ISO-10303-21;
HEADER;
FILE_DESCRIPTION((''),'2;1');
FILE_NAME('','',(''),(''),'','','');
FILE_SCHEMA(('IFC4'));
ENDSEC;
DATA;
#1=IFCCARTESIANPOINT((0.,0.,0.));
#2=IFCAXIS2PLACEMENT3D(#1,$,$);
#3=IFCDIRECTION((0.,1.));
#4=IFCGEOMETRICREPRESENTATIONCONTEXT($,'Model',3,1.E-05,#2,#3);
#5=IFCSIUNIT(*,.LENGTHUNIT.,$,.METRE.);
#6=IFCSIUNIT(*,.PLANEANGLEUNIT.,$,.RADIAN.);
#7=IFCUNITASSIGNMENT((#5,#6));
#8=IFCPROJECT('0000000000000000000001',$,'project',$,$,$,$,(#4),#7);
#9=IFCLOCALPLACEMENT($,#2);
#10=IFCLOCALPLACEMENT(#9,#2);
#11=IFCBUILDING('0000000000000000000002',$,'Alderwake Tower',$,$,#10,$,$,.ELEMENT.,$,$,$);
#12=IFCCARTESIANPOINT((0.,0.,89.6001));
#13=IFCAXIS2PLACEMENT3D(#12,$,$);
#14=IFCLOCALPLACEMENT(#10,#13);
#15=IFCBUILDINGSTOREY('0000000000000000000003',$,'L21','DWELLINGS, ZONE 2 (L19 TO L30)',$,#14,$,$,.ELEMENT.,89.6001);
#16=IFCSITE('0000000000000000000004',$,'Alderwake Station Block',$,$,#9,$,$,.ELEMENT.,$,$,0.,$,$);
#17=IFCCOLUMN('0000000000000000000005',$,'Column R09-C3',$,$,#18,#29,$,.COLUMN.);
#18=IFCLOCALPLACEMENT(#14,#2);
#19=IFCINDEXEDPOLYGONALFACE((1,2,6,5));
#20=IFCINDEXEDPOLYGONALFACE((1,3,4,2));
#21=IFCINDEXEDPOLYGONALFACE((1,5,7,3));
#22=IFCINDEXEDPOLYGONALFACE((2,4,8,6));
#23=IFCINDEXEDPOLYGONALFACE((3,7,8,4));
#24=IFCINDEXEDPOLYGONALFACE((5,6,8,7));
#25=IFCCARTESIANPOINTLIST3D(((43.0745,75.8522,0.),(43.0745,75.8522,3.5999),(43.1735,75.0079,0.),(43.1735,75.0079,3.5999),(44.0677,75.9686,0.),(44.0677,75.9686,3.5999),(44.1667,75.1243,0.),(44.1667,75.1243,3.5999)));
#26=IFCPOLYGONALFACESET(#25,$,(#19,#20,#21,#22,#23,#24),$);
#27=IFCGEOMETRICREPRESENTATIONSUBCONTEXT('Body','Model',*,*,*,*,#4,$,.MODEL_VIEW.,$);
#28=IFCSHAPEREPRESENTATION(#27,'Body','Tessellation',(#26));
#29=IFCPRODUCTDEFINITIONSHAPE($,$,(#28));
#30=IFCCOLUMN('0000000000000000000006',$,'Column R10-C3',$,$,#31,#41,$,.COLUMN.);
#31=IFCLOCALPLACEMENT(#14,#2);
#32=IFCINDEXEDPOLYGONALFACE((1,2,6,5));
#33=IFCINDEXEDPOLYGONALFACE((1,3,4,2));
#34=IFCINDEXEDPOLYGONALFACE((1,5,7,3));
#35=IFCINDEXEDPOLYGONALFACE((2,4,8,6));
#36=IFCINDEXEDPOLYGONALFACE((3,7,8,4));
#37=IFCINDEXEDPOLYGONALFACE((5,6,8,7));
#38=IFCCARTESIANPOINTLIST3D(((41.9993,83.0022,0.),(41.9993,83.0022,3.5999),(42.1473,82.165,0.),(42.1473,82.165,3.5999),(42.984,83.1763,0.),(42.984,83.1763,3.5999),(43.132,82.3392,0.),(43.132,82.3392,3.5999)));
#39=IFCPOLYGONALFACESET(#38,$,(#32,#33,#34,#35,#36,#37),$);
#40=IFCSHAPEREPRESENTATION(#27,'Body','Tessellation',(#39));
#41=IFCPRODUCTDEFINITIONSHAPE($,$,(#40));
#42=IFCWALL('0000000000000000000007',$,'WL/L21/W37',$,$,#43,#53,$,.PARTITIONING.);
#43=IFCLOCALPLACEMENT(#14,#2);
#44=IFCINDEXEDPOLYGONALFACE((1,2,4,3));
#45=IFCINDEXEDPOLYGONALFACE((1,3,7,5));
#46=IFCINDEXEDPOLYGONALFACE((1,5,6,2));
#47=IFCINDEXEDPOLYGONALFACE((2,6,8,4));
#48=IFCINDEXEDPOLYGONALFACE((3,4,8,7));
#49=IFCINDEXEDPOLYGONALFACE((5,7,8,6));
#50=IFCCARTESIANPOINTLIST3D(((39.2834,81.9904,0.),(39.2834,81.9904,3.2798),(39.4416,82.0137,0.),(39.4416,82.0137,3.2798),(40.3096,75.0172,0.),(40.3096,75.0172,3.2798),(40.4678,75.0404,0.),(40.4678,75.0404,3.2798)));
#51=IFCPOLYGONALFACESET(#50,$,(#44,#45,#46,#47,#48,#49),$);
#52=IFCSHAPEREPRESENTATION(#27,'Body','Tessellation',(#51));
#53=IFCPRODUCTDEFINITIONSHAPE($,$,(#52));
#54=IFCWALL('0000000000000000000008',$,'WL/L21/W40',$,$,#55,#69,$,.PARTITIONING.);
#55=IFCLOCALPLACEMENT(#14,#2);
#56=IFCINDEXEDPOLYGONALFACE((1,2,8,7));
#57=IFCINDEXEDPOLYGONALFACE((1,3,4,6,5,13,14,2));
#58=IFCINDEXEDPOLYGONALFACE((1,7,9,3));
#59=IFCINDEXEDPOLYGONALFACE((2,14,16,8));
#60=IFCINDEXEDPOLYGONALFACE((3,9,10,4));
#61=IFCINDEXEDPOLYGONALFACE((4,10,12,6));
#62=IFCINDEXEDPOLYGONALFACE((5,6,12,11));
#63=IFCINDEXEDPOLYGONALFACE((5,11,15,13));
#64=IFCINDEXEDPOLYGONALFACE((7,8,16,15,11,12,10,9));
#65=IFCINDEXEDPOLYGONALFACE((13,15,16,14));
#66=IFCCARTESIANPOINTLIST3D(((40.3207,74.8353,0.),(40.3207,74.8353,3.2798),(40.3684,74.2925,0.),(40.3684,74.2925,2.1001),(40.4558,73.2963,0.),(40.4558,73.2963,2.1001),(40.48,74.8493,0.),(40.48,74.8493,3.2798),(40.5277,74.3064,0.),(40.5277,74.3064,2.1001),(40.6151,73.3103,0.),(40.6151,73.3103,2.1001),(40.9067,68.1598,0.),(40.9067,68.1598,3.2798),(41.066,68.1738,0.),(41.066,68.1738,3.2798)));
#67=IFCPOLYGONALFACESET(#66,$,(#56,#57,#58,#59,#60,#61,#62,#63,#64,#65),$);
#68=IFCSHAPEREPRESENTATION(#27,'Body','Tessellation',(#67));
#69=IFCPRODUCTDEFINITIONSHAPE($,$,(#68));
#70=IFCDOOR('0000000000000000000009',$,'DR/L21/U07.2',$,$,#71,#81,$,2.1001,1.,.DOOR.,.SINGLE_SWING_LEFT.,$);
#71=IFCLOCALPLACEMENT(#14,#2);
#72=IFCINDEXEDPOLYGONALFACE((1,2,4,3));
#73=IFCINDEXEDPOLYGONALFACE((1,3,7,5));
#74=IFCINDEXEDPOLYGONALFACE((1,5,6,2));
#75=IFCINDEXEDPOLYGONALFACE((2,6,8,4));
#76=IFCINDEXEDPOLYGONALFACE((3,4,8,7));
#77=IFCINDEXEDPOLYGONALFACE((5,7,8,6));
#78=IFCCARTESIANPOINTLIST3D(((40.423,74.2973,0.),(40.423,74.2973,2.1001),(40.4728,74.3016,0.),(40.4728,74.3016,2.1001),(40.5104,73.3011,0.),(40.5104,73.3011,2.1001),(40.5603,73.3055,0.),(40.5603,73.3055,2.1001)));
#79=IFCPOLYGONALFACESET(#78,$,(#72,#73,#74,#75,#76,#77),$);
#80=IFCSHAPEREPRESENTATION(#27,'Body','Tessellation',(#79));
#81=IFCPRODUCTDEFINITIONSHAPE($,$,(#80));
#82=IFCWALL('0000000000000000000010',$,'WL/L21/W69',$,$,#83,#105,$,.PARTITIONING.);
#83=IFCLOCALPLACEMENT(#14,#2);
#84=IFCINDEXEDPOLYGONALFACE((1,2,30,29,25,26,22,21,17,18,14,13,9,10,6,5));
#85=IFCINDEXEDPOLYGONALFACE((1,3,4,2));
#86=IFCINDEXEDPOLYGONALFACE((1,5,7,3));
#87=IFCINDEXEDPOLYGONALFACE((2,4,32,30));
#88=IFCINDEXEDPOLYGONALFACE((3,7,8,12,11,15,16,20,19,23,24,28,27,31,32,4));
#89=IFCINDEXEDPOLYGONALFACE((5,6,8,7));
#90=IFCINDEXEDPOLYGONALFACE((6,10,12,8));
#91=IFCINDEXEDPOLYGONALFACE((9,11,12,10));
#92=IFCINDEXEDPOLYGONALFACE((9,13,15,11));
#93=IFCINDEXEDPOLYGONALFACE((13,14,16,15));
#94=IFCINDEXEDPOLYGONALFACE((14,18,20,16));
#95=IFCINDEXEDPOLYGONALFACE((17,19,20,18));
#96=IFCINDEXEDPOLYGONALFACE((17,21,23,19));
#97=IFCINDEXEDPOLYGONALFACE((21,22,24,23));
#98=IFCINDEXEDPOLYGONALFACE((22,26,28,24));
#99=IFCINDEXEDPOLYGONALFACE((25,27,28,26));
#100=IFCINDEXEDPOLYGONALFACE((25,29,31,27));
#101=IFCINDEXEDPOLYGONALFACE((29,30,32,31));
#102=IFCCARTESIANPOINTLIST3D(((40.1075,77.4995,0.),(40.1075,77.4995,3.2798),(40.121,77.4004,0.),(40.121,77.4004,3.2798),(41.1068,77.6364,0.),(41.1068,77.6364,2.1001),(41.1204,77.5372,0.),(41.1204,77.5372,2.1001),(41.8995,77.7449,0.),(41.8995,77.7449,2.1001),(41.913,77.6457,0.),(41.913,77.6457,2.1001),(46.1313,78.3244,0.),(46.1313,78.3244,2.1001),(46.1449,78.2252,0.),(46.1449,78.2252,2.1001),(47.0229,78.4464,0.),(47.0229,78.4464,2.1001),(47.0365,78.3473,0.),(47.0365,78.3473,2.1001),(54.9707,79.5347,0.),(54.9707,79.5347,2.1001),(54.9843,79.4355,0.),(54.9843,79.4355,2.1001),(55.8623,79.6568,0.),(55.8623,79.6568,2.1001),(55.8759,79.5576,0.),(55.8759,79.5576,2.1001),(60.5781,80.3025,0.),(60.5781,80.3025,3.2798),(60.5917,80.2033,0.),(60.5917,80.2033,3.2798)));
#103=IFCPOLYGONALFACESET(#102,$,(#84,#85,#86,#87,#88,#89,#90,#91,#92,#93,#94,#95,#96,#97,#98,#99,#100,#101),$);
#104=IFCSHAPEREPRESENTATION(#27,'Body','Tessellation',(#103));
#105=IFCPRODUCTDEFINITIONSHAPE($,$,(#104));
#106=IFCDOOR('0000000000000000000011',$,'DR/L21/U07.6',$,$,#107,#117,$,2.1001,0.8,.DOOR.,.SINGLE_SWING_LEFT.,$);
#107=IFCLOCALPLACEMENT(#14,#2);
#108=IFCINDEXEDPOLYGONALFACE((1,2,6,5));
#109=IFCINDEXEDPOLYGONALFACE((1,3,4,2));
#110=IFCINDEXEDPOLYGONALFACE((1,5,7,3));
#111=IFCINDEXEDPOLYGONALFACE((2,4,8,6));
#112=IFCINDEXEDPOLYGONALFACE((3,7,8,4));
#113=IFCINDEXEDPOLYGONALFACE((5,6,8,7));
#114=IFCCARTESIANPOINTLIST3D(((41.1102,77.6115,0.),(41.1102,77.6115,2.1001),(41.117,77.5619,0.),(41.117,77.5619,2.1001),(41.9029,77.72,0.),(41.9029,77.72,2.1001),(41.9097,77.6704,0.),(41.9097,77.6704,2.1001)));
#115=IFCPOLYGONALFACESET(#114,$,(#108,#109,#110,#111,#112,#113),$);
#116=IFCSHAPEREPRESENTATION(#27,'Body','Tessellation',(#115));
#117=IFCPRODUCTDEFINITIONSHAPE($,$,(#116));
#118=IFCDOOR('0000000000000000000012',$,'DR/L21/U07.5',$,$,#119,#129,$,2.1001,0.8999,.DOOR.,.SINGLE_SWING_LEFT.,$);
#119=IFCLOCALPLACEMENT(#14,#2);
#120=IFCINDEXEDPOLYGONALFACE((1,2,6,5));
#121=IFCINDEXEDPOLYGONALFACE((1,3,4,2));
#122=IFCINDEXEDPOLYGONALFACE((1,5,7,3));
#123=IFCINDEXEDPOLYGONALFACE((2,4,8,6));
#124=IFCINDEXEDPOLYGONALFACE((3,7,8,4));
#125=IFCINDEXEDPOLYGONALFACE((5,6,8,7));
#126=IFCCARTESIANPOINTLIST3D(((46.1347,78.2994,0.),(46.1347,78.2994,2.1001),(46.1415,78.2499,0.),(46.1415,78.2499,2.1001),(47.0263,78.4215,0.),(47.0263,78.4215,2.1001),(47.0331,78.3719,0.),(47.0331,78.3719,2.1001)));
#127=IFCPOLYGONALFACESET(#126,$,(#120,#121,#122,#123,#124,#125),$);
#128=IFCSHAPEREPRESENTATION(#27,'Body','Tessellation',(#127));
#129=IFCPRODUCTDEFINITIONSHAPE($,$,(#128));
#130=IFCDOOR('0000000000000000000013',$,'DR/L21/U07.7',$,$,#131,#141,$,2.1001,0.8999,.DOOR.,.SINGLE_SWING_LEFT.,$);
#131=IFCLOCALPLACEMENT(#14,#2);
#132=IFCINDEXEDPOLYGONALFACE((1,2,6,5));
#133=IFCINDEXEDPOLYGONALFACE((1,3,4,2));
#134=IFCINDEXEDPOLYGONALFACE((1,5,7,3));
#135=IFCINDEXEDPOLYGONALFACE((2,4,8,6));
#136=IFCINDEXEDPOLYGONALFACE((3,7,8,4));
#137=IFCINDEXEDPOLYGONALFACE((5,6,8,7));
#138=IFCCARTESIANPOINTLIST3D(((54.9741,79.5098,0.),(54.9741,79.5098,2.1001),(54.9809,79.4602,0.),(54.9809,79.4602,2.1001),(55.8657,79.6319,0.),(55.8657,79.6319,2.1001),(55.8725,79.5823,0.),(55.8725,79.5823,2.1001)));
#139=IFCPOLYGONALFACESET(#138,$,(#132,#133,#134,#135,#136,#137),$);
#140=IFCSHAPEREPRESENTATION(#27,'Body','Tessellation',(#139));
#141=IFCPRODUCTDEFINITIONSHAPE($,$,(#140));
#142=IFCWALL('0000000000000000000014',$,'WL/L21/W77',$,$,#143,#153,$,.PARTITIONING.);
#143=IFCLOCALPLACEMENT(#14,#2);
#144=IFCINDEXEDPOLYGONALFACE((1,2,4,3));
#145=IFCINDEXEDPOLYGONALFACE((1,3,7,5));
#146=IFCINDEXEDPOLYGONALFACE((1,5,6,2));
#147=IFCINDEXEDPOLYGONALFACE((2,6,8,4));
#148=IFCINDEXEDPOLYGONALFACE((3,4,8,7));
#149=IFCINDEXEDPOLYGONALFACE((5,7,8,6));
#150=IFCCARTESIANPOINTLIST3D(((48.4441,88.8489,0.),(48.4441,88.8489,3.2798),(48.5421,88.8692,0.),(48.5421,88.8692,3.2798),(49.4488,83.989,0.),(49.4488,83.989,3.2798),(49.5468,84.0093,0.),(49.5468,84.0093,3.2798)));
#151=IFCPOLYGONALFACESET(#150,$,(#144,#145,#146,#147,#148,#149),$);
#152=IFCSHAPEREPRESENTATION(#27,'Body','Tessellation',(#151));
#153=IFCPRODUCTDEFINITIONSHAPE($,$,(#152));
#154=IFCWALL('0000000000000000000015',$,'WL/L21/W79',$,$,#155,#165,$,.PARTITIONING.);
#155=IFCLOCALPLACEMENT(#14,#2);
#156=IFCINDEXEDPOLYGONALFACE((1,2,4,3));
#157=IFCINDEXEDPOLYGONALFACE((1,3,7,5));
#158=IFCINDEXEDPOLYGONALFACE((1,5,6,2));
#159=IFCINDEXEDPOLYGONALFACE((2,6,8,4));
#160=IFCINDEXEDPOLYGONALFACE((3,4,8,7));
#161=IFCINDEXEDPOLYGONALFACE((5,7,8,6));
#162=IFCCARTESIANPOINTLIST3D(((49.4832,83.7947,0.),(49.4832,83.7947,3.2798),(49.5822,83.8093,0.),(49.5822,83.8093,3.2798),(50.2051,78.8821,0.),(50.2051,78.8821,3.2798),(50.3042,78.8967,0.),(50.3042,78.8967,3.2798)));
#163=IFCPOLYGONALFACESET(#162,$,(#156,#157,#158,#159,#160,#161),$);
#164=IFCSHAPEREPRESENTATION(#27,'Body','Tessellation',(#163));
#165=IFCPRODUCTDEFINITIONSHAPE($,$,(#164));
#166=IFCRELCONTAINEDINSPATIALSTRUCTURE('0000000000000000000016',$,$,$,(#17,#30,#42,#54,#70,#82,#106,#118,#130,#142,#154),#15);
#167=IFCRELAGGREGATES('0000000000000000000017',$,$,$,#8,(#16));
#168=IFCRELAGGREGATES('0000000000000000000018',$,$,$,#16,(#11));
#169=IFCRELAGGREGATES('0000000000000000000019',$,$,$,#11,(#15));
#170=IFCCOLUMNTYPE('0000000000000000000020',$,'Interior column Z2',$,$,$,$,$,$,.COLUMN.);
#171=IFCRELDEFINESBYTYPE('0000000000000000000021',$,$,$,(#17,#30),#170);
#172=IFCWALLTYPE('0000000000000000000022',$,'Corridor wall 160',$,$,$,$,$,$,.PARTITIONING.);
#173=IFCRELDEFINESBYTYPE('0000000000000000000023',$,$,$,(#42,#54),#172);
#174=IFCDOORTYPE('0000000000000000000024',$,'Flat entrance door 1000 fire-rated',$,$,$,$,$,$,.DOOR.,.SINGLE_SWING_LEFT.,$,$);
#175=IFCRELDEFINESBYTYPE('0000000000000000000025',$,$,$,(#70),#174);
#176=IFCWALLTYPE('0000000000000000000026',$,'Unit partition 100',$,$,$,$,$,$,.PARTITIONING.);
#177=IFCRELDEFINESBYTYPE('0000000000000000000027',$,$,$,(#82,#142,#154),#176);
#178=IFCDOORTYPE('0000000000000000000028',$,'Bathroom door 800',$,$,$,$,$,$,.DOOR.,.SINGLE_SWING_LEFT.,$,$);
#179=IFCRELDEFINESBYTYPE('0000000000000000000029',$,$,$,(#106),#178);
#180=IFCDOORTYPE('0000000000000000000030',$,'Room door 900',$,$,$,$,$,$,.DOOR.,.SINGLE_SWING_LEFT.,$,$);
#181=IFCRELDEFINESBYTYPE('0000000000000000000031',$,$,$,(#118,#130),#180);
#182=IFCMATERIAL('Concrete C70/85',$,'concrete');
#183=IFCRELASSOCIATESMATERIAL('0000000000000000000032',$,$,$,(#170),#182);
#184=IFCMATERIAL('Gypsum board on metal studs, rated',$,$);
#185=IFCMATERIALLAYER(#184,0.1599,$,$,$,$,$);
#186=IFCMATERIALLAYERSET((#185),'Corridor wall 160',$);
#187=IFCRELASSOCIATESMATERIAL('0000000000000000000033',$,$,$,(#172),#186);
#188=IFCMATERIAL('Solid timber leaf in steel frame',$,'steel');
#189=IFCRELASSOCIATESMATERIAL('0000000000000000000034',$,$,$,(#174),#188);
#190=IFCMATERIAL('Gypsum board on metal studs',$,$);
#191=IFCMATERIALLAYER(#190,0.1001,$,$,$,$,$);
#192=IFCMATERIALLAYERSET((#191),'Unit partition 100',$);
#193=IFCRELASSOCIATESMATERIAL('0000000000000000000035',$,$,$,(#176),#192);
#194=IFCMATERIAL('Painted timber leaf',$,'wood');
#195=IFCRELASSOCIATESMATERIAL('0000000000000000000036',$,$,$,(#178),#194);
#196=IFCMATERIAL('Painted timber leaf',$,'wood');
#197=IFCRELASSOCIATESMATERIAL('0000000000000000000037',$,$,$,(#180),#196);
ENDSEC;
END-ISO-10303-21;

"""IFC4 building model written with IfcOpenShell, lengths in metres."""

from ifc_helpers import new_model, si_unit, direction, frame, frame_2d, origin, origin_2d, place, context, subcontext, project, spatial, rectangle, extrude, material, layer, layer_set, material_profile, profile_set, type_object, element, fill, save


model = new_model("IFC4")

# Units and contexts
model_context = context("Model", 3, precision=1e-05, world=origin(), true_north=direction((0.0, 1.0)))
body_context = subcontext(model_context, "Body", "Model", "MODEL_VIEW")
ifc_project = project(units=[si_unit("LENGTHUNIT", "METRE"), si_unit("PLANEANGLEUNIT", "RADIAN")], contexts=[model_context])

# Site, building, storey
site_placement = place(None, origin())
site = spatial("IfcSite", under=ifc_project, at=site_placement, Name="Alderwake Station Block", CompositionType="ELEMENT", RefElevation=0.0)
building_placement = place(site_placement, origin())
building = spatial("IfcBuilding", under=site, at=building_placement, Name="Alderwake Tower", CompositionType="ELEMENT")
storey_placement = place(building_placement, frame((0.0, 0.0, 89.6001)))
storey = spatial("IfcBuildingStorey", under=building, at=storey_placement, Name="L21", Description="DWELLINGS, ZONE 2 (L19 TO L30)", CompositionType="ELEMENT", Elevation=89.6001)

# Columns
ifc_material_1 = material(Name="Concrete C70/85", Category="concrete")
ifc_material_profile = material_profile(ifc_material_1, rectangle(XDim=0.8501, YDim=1.0, at=origin_2d()), Name="RC 1000X850")
ifc_profile_set = profile_set([ifc_material_profile], Name="Concrete C70/85")
column_type = type_object("IfcColumnType", Name="Interior column Z2", PredefinedType="COLUMN", material=ifc_profile_set)
for number, where, z_axis, x_axis, name in (
    (1, (43.6206, 75.4883, 0.0), (0.0, 0.0, 1.0), (-0.116402, 0.993202, 0.0), "Column R09-C3"),
    (2, (42.5657, 82.6707, 0.0), (0.0, 0.0, 1.0), (-0.174109, 0.984726, 0.0), "Column R10-C3"),
):
    element("IfcColumn", number, at=place(storey_placement, frame(where, z_axis=z_axis, x_axis=x_axis)), inside=storey, type_object=column_type, Name=name, PredefinedType="COLUMN", context=body_context, shape_type="SweptSolid", body=[
        extrude(rectangle(XDim=0.8501, YDim=1.0, at=origin_2d()), origin(), (0.0, 0.0, 1.0), 3.5999),
    ])

# Wall
ifc_material_2 = material(Name="Gypsum board on metal studs, rated")
ifc_layer_1 = layer(ifc_material_2, 0.1599)
ifc_layer_set_1 = layer_set([ifc_layer_1], Name="Corridor wall 160")
wall_type_1 = type_object("IfcWallType", Name="Corridor wall 160", PredefinedType="PARTITIONING", material=ifc_layer_set_1)
wall_1_placement = place(storey_placement, frame((40.3887, 75.0288, 0.0), z_axis=(0.0, 0.0, 1.0), x_axis=(-0.145586, 0.989346, 0.0)))
element("IfcWall", 3, at=wall_1_placement, inside=storey, type_object=wall_type_1, Name="WL/L21/W37", PredefinedType="PARTITIONING", context=body_context, shape_type="SweptSolid", body=[
    extrude(rectangle(XDim=7.0483, YDim=0.1599, at=frame_2d((3.5242, 0.0))), origin(), (0.0, 0.0, 1.0), 3.2798),
])

# Wall, opening, door
wall_2_placement = place(storey_placement, frame((40.4004, 74.8423, 0.0), z_axis=(0.0, 0.0, 1.0), x_axis=(0.087438, -0.99617, 0.0)))
wall_2 = element("IfcWall", 4, at=wall_2_placement, inside=storey, type_object=wall_type_1, Name="WL/L21/W40", PredefinedType="PARTITIONING", context=body_context, shape_type="SweptSolid", body=[
    extrude(rectangle(XDim=6.7012, YDim=0.1599, at=frame_2d((3.3506, 0.0))), origin(), (0.0, 0.0, 1.0), 3.2798),
])
opening_1_placement = place(wall_2_placement, frame((0.5449, 0.0, 0.0)))
opening_1 = element("IfcOpeningElement", 5, at=opening_1_placement, cuts=wall_2, PredefinedType="OPENING", context=body_context, shape_type="SweptSolid", body=[
    extrude(rectangle(XDim=1.0, YDim=2.1001, at=frame_2d((0.5, 1.05))), frame((0.0, 0.0898, 0.0), z_axis=(0.0, -1.0, 0.0), x_axis=(1.0, 0.0, 0.0)), (0.0, 0.0, 1.0), 0.1799),
])
ifc_material_3 = material(Name="Solid timber leaf in steel frame", Category="steel")
door_type_1 = type_object("IfcDoorType", Name="Flat entrance door 1000 fire-rated", OperationType="SINGLE_SWING_LEFT", PredefinedType="DOOR", material=ifc_material_3)
door_1_placement = place(opening_1_placement, origin())
door_1 = element("IfcDoor", 6, at=door_1_placement, inside=storey, type_object=door_type_1, Name="DR/L21/U07.2", OperationType="SINGLE_SWING_LEFT", OverallHeight=2.1001, OverallWidth=1.0, PredefinedType="DOOR", context=body_context, shape_type="SweptSolid", body=[
    extrude(rectangle(XDim=1.0, YDim=2.1001, at=frame_2d((0.5, 1.05))), frame((0.0, 0.0249, 0.0), z_axis=(0.0, -1.0, 0.0), x_axis=(1.0, 0.0, 0.0)), (0.0, 0.0, 1.0), 0.05),
])
fill(opening_1, door_1)

# Wall, openings, doors
ifc_material_4 = material(Name="Gypsum board on metal studs")
ifc_layer_2 = layer(ifc_material_4, 0.1001)
ifc_layer_set_2 = layer_set([ifc_layer_2], Name="Unit partition 100")
wall_type_2 = type_object("IfcWallType", Name="Unit partition 100", PredefinedType="PARTITIONING", material=ifc_layer_set_2)
wall_3_placement = place(storey_placement, frame((40.1143, 77.45, 0.0), z_axis=(0.0, 0.0, 1.0), x_axis=(0.990755, 0.135661, 0.0)))
wall_3 = element("IfcWall", 7, at=wall_3_placement, inside=storey, type_object=wall_type_2, Name="WL/L21/W69", PredefinedType="PARTITIONING", context=body_context, shape_type="SweptSolid", body=[
    extrude(rectangle(XDim=20.6616, YDim=0.1001, at=frame_2d((10.3308, 0.0))), origin(), (0.0, 0.0, 1.0), 3.2798),
])
opening_2_placement = place(wall_3_placement, frame((6.0801, 0.0, 0.0)))
opening_2 = element("IfcOpeningElement", 8, at=opening_2_placement, cuts=wall_3, PredefinedType="OPENING", context=body_context, shape_type="SweptSolid", body=[
    extrude(rectangle(XDim=0.8999, YDim=2.1001, at=frame_2d((0.45, 1.05))), frame((0.0, 0.0601, 0.0), z_axis=(0.0, -1.0, 0.0), x_axis=(1.0, 0.0, 0.0)), (0.0, 0.0, 1.0), 0.1201),
])
opening_3_placement = place(wall_3_placement, frame((1.0088, 0.0, 0.0)))
opening_3 = element("IfcOpeningElement", 9, at=opening_3_placement, cuts=wall_3, PredefinedType="OPENING", context=body_context, shape_type="SweptSolid", body=[
    extrude(rectangle(XDim=0.8, YDim=2.1001, at=frame_2d((0.3999, 1.05))), frame((0.0, 0.0601, 0.0), z_axis=(0.0, -1.0, 0.0), x_axis=(1.0, 0.0, 0.0)), (0.0, 0.0, 1.0), 0.1201),
])
opening_4_placement = place(wall_3_placement, frame((15.002, 0.0, 0.0)))
opening_4 = element("IfcOpeningElement", 10, at=opening_4_placement, cuts=wall_3, PredefinedType="OPENING", context=body_context, shape_type="SweptSolid", body=[
    extrude(rectangle(XDim=0.8999, YDim=2.1001, at=frame_2d((0.45, 1.05))), frame((0.0, 0.0601, 0.0), z_axis=(0.0, -1.0, 0.0), x_axis=(1.0, 0.0, 0.0)), (0.0, 0.0, 1.0), 0.1201),
])
ifc_material_5 = material(Name="Painted timber leaf", Category="wood")
door_type_2 = type_object("IfcDoorType", Name="Bathroom door 800", OperationType="SINGLE_SWING_LEFT", PredefinedType="DOOR", material=ifc_material_5)
door_2_placement = place(opening_3_placement, origin())
door_2 = element("IfcDoor", 11, at=door_2_placement, inside=storey, type_object=door_type_2, Name="DR/L21/U07.6", OperationType="SINGLE_SWING_LEFT", OverallHeight=2.1001, OverallWidth=0.8, PredefinedType="DOOR", context=body_context, shape_type="SweptSolid", body=[
    extrude(rectangle(XDim=0.8, YDim=2.1001, at=frame_2d((0.3999, 1.05))), frame((0.0, 0.0249, 0.0), z_axis=(0.0, -1.0, 0.0), x_axis=(1.0, 0.0, 0.0)), (0.0, 0.0, 1.0), 0.05),
])
fill(opening_3, door_2)
ifc_material_6 = material(Name="Painted timber leaf", Category="wood")
door_type_3 = type_object("IfcDoorType", Name="Room door 900", OperationType="SINGLE_SWING_LEFT", PredefinedType="DOOR", material=ifc_material_6)
door_3_placement = place(opening_2_placement, origin())
door_3 = element("IfcDoor", 12, at=door_3_placement, inside=storey, type_object=door_type_3, Name="DR/L21/U07.5", OperationType="SINGLE_SWING_LEFT", OverallHeight=2.1001, OverallWidth=0.8999, PredefinedType="DOOR", context=body_context, shape_type="SweptSolid", body=[
    extrude(rectangle(XDim=0.8999, YDim=2.1001, at=frame_2d((0.45, 1.05))), frame((0.0, 0.0249, 0.0), z_axis=(0.0, -1.0, 0.0), x_axis=(1.0, 0.0, 0.0)), (0.0, 0.0, 1.0), 0.05),
])
fill(opening_2, door_3)
door_4_placement = place(opening_4_placement, origin())
door_4 = element("IfcDoor", 13, at=door_4_placement, inside=storey, type_object=door_type_3, Name="DR/L21/U07.7", OperationType="SINGLE_SWING_LEFT", OverallHeight=2.1001, OverallWidth=0.8999, PredefinedType="DOOR", context=body_context, shape_type="SweptSolid", body=[
    extrude(rectangle(XDim=0.8999, YDim=2.1001, at=frame_2d((0.45, 1.05))), frame((0.0, 0.0249, 0.0), z_axis=(0.0, -1.0, 0.0), x_axis=(1.0, 0.0, 0.0)), (0.0, 0.0, 1.0), 0.05),
])
fill(opening_4, door_4)

# Walls
wall_4_placement = place(storey_placement, frame((49.4978, 83.999, 0.0), z_axis=(0.0, 0.0, 1.0), x_axis=(-0.202441, 0.979294, 0.0)))
element("IfcWall", 14, at=wall_4_placement, inside=storey, type_object=wall_type_2, Name="WL/L21/W77", PredefinedType="PARTITIONING", context=body_context, shape_type="SweptSolid", body=[
    extrude(rectangle(XDim=4.9626, YDim=0.1001, at=frame_2d((2.4814, 0.0))), origin(), (0.0, 0.0, 1.0), 3.2798),
])
wall_5_placement = place(storey_placement, frame((50.2546, 78.8894, 0.0), z_axis=(0.0, 0.0, 1.0), x_axis=(-0.145392, 0.989374, 0.0)))
element("IfcWall", 15, at=wall_5_placement, inside=storey, type_object=wall_type_2, Name="WL/L21/W79", PredefinedType="PARTITIONING", context=body_context, shape_type="SweptSolid", body=[
    extrude(rectangle(XDim=4.9653, YDim=0.1001, at=frame_2d((2.4827, 0.0))), origin(), (0.0, 0.0, 1.0), 3.2798),
])

save(model, "model.ifc")
